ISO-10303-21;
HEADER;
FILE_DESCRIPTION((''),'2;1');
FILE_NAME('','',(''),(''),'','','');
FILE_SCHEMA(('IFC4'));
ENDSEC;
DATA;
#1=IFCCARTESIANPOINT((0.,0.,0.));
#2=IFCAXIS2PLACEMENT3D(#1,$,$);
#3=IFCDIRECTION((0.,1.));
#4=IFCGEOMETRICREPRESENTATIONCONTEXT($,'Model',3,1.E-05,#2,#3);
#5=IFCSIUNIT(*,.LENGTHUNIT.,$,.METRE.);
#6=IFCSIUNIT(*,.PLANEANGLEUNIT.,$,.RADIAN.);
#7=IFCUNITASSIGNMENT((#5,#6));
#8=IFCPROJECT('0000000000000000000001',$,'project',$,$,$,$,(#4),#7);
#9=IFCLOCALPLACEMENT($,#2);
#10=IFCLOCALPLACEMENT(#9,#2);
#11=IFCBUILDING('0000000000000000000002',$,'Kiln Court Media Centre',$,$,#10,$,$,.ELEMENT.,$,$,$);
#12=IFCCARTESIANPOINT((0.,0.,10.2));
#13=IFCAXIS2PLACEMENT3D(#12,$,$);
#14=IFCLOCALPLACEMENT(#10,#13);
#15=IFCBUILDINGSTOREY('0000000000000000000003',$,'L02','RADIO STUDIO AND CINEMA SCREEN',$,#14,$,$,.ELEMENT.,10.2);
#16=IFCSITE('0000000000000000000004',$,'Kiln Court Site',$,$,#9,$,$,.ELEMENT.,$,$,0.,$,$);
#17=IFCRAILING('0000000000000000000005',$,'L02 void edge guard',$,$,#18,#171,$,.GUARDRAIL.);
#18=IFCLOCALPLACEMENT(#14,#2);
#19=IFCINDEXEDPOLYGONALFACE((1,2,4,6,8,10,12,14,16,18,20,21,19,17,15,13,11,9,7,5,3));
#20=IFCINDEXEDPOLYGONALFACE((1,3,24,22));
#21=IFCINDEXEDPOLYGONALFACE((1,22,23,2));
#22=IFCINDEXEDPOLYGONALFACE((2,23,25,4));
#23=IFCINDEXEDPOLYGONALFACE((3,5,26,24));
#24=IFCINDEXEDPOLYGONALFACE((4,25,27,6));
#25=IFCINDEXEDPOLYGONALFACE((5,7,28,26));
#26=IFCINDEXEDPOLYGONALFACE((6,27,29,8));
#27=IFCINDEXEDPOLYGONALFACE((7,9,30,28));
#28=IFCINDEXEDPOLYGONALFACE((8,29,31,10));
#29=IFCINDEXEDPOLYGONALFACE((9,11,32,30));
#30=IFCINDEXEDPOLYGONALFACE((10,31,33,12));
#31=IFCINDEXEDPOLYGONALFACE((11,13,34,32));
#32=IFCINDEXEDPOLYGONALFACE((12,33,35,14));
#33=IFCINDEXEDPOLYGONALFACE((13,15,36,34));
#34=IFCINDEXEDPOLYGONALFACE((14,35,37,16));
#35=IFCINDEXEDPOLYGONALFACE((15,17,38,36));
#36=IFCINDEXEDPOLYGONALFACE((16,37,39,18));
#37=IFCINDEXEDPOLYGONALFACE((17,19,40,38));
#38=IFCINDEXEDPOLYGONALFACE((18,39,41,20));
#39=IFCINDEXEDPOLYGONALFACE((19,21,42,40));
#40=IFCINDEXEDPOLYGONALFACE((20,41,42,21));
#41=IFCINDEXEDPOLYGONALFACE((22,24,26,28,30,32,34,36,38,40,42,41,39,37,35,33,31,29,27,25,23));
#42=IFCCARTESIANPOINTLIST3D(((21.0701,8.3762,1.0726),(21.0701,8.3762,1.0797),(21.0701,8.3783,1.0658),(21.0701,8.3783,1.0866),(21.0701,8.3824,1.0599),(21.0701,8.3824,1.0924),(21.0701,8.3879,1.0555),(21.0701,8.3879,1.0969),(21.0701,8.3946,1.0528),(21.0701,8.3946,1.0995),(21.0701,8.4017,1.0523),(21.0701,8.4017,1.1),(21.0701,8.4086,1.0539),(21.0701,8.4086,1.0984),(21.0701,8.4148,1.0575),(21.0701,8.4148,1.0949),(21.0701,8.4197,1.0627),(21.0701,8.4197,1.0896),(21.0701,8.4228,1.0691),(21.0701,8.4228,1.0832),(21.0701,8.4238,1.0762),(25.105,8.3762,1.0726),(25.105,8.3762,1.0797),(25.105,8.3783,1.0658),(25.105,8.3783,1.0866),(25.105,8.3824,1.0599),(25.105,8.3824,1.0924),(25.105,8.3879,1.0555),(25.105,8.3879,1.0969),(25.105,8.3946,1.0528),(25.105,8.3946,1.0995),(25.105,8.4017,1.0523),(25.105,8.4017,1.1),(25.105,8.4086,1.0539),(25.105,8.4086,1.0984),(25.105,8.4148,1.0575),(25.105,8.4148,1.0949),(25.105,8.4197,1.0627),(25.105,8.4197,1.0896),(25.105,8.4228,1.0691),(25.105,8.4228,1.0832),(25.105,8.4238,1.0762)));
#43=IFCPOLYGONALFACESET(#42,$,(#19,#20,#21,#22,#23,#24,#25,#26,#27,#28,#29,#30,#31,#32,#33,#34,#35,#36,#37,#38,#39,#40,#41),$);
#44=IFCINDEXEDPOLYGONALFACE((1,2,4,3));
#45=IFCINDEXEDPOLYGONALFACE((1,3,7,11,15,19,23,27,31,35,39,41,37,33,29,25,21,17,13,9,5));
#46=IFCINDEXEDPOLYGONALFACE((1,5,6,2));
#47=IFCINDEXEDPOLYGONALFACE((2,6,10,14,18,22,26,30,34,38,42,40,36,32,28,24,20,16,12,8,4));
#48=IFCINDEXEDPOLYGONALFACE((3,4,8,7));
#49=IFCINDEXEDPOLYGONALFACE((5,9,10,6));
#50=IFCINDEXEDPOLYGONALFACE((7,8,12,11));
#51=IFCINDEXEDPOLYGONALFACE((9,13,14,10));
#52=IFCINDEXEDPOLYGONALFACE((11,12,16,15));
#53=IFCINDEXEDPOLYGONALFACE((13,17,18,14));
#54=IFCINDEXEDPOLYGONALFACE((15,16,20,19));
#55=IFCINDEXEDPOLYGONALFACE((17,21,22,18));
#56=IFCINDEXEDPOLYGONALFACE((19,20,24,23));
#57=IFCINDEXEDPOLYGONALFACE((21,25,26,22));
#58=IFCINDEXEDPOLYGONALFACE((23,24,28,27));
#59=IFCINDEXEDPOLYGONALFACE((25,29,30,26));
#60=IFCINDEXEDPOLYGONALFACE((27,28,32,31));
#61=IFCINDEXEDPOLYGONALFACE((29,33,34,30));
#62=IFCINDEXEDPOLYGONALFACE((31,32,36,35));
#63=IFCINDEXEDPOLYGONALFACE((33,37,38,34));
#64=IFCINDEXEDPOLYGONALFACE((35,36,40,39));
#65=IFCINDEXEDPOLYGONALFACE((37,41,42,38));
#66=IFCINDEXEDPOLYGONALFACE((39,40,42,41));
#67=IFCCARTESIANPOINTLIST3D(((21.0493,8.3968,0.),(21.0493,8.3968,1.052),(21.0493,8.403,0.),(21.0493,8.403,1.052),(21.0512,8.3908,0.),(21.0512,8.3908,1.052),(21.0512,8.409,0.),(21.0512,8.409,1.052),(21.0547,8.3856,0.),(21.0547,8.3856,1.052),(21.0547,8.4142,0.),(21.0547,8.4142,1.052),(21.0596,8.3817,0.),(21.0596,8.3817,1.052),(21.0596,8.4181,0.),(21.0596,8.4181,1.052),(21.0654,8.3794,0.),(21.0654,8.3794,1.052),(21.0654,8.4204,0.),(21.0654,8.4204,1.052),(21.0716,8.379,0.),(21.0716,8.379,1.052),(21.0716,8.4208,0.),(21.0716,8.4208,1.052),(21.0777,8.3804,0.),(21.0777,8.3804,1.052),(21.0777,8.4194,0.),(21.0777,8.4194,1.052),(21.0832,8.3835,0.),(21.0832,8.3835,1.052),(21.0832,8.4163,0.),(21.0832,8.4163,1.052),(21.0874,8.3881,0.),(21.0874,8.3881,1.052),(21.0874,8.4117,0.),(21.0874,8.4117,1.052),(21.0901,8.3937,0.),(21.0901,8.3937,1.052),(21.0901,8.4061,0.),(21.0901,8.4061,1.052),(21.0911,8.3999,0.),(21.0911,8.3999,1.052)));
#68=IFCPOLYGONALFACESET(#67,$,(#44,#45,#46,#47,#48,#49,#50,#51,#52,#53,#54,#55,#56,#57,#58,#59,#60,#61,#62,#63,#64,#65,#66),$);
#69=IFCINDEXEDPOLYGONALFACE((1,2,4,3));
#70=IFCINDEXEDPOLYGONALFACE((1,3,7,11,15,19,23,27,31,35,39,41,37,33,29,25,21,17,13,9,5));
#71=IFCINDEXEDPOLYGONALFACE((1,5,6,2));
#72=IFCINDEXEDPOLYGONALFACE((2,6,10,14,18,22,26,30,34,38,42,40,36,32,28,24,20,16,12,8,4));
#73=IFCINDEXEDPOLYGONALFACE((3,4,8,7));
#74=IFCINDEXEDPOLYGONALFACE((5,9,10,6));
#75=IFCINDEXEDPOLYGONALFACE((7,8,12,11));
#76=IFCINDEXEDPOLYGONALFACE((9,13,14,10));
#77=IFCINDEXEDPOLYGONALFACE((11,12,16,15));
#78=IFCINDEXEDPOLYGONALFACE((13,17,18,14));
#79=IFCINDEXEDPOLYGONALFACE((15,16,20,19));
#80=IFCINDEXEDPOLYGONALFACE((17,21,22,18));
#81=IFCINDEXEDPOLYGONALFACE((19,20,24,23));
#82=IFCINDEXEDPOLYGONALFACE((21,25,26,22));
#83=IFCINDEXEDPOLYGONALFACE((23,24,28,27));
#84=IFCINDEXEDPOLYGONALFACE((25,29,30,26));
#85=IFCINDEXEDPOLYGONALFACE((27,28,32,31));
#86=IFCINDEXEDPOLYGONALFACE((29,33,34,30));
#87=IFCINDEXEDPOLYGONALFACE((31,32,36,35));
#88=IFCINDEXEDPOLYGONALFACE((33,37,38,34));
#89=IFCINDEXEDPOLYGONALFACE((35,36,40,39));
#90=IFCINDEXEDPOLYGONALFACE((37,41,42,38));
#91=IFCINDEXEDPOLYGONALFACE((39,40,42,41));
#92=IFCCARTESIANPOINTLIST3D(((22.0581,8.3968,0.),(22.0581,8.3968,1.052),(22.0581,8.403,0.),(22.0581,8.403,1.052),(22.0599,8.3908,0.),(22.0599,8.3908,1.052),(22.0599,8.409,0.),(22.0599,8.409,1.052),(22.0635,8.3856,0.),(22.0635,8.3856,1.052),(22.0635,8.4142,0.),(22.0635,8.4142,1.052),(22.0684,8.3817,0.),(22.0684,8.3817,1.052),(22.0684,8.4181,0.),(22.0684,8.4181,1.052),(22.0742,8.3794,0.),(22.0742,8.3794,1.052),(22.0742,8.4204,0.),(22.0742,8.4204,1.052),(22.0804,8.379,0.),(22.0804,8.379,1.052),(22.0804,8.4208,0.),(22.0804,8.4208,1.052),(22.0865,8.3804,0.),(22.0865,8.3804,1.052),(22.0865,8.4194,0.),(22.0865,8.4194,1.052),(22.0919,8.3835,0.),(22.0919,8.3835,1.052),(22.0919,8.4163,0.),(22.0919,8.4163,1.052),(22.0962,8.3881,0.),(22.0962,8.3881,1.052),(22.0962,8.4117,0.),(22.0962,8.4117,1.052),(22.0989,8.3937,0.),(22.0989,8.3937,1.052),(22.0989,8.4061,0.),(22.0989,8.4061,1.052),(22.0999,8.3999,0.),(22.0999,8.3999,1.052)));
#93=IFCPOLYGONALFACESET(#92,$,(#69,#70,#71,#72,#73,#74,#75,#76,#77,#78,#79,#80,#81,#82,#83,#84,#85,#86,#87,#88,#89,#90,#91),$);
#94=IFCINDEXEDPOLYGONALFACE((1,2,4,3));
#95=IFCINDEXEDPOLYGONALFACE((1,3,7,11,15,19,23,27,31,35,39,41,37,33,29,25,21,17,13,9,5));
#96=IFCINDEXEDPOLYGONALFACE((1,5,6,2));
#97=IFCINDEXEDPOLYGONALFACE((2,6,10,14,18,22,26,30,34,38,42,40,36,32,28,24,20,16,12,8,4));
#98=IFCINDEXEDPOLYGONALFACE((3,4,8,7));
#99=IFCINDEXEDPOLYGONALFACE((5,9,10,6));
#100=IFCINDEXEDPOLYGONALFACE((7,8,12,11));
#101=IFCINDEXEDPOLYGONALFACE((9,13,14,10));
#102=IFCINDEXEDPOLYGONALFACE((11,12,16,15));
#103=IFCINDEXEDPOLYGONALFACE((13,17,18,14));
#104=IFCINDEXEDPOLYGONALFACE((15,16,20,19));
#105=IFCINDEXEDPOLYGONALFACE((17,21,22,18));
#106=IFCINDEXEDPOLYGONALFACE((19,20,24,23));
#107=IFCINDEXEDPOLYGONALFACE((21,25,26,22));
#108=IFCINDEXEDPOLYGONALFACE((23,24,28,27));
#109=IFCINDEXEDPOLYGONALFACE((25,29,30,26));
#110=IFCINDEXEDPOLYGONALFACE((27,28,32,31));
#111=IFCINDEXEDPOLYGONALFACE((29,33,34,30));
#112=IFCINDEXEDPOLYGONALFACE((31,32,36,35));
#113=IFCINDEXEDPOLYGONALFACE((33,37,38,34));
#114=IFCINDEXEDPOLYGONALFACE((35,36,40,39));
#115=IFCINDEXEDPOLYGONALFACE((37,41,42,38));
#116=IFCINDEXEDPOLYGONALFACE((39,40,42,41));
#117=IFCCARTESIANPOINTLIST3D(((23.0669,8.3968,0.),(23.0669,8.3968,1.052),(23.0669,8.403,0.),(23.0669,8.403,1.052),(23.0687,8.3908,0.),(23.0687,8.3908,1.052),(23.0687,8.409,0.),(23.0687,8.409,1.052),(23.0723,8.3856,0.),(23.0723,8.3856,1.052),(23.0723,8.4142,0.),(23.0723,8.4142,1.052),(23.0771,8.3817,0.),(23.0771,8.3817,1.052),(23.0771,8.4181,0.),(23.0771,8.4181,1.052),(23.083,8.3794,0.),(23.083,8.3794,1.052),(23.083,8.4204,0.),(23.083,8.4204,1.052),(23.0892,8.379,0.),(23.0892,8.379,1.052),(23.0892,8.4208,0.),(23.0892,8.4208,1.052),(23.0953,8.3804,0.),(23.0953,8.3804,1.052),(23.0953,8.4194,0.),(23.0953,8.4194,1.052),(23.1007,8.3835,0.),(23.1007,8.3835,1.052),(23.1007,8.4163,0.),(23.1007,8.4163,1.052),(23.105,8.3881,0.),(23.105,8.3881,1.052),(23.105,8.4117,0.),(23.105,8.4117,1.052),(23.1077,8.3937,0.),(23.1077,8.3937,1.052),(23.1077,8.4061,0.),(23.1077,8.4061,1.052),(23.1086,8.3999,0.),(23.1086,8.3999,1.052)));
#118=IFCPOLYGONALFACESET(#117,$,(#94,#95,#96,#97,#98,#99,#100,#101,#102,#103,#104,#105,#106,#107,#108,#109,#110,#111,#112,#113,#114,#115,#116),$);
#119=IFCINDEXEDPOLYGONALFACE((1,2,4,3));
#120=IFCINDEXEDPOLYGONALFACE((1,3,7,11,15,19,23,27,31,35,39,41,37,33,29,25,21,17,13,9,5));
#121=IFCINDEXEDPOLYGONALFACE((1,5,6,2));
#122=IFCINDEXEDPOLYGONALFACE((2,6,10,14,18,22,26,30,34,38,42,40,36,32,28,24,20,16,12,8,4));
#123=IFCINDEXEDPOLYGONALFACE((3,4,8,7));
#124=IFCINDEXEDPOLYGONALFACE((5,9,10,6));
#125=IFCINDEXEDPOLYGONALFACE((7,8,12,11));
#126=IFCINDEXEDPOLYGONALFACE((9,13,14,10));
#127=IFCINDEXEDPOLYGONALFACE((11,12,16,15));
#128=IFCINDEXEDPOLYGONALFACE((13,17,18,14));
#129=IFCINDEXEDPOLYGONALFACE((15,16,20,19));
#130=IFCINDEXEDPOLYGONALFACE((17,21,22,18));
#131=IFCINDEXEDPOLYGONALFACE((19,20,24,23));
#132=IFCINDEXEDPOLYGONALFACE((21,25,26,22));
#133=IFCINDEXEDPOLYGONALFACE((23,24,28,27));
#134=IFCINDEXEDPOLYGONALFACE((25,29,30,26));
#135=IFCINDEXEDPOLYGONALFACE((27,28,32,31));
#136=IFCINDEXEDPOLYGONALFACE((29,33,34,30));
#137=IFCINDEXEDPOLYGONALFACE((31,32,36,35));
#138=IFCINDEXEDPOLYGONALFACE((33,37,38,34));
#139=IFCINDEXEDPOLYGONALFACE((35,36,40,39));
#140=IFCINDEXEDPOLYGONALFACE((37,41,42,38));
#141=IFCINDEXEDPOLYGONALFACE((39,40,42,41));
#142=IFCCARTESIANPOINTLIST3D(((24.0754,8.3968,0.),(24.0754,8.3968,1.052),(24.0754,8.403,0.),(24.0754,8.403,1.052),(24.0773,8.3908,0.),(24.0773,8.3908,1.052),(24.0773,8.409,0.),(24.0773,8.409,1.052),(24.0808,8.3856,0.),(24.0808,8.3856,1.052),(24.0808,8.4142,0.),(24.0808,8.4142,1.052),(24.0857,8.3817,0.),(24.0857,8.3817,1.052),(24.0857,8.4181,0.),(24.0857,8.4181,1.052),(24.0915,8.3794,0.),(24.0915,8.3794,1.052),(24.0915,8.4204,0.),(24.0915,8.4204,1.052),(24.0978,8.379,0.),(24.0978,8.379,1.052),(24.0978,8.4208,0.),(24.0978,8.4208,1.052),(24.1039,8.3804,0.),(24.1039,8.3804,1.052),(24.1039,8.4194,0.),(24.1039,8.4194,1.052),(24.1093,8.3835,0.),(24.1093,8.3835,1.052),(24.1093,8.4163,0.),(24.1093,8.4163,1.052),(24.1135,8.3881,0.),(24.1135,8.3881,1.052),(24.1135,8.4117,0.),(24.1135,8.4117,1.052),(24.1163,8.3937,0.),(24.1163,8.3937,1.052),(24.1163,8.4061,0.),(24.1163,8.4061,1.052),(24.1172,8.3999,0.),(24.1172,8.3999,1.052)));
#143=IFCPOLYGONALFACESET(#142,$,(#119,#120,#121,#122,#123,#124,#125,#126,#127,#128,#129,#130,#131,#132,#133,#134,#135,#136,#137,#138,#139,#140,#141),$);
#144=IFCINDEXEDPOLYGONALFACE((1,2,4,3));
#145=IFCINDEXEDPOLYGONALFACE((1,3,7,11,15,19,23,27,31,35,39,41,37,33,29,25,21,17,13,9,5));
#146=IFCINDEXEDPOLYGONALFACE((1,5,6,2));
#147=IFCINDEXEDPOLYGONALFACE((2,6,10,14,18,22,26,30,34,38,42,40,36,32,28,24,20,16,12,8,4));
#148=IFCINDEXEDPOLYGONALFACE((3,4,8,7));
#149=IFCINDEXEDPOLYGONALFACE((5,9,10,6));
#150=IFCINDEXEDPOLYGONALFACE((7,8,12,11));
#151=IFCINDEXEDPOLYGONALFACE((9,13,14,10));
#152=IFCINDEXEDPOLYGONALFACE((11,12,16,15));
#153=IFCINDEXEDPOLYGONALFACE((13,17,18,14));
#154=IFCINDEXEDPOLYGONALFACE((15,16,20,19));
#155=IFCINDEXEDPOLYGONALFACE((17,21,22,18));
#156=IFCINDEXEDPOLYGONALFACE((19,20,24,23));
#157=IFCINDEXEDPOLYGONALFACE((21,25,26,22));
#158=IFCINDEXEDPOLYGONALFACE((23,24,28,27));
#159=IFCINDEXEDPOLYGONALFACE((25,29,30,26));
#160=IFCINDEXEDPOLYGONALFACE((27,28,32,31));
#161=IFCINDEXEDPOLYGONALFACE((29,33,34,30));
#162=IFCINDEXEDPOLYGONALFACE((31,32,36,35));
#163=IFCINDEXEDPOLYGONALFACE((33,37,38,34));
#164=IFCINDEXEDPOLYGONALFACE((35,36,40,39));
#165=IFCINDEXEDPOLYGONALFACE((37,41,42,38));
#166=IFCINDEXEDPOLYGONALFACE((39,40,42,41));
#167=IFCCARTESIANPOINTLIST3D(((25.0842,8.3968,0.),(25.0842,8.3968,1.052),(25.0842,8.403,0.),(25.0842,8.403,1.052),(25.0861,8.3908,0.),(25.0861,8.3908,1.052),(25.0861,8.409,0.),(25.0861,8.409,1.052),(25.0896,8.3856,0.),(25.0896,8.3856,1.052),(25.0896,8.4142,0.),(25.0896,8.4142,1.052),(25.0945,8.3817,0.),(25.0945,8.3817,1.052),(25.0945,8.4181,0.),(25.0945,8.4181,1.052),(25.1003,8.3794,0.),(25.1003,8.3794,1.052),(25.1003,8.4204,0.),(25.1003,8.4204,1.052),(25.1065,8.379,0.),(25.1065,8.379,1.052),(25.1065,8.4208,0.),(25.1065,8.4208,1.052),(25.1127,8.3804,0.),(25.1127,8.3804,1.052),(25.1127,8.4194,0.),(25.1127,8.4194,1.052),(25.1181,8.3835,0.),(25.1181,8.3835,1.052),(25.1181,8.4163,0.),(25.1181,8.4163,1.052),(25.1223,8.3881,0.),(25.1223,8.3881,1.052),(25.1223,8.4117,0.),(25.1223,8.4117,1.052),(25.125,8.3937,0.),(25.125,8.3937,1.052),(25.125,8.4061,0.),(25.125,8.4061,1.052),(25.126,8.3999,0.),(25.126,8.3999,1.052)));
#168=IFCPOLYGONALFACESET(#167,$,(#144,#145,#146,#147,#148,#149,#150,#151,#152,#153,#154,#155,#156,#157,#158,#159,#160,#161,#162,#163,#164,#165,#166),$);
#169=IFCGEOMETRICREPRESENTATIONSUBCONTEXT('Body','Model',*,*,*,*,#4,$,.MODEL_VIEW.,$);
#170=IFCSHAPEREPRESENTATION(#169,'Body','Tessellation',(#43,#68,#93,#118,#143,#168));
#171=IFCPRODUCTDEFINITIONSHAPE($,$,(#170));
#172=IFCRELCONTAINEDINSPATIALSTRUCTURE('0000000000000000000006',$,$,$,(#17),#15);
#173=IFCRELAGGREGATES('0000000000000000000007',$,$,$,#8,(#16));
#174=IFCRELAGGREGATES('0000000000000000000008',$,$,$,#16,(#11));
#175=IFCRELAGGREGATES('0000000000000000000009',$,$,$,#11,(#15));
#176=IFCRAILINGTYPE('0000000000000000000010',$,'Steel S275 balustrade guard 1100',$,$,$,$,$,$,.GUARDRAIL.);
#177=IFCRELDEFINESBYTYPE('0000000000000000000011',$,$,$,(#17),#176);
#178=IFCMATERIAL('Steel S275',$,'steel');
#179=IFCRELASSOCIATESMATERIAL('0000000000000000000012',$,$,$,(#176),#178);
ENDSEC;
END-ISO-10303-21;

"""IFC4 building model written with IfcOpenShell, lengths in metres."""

from ifc_helpers import new_model, si_unit, direction, frame, origin, origin_2d, place, context, subcontext, project, spatial, circle, extrude, material, type_object, element, save


model = new_model("IFC4")

# Units and contexts
model_context = context("Model", 3, precision=1e-05, world=origin(), true_north=direction((0.0, 1.0)))
body_context = subcontext(model_context, "Body", "Model", "MODEL_VIEW")
ifc_project = project(units=[si_unit("LENGTHUNIT", "METRE"), si_unit("PLANEANGLEUNIT", "RADIAN")], contexts=[model_context])

# Site, building, storey
site_placement = place(None, origin())
site = spatial("IfcSite", under=ifc_project, at=site_placement, Name="Kiln Court Site", CompositionType="ELEMENT", RefElevation=0.0)
building_placement = place(site_placement, origin())
building = spatial("IfcBuilding", under=site, at=building_placement, Name="Kiln Court Media Centre", CompositionType="ELEMENT")
storey_placement = place(building_placement, frame((0.0, 0.0, 10.2)))
storey = spatial("IfcBuildingStorey", under=building, at=storey_placement, Name="L02", Description="RADIO STUDIO AND CINEMA SCREEN", CompositionType="ELEMENT", Elevation=10.2)

# Railing
ifc_material_1 = material(Name="Steel S275", Category="steel")
railing_type = type_object("IfcRailingType", Name="Steel S275 balustrade guard 1100", PredefinedType="GUARDRAIL", material=ifc_material_1)
railing_1_placement = place(storey_placement, frame((21.0701, 8.3999, 0.0)))
element("IfcRailing", 1, at=railing_1_placement, inside=storey, type_object=railing_type, Name="L02 void edge guard", PredefinedType="GUARDRAIL", context=body_context, shape_type="SweptSolid", body=[
    extrude(circle(Radius=0.0239, at=origin_2d()), frame((0.0, 0.0, 1.0762), z_axis=(1.0, 0.0, 0.0), x_axis=(0.0, 1.0, 0.0)), (0.0, 0.0, 1.0), 4.0349),
    extrude(circle(Radius=0.021, at=origin_2d()), origin(), (0.0, 0.0, 1.0), 1.052),
    extrude(circle(Radius=0.021, at=origin_2d()), frame((1.0088, 0.0, 0.0)), (0.0, 0.0, 1.0), 1.052),
    extrude(circle(Radius=0.021, at=origin_2d()), frame((2.0176, 0.0, 0.0)), (0.0, 0.0, 1.0), 1.052),
    extrude(circle(Radius=0.021, at=origin_2d()), frame((3.0261, 0.0, 0.0)), (0.0, 0.0, 1.0), 1.052),
    extrude(circle(Radius=0.021, at=origin_2d()), frame((4.0349, 0.0, 0.0)), (0.0, 0.0, 1.0), 1.052),
])

save(model, "model.ifc")
